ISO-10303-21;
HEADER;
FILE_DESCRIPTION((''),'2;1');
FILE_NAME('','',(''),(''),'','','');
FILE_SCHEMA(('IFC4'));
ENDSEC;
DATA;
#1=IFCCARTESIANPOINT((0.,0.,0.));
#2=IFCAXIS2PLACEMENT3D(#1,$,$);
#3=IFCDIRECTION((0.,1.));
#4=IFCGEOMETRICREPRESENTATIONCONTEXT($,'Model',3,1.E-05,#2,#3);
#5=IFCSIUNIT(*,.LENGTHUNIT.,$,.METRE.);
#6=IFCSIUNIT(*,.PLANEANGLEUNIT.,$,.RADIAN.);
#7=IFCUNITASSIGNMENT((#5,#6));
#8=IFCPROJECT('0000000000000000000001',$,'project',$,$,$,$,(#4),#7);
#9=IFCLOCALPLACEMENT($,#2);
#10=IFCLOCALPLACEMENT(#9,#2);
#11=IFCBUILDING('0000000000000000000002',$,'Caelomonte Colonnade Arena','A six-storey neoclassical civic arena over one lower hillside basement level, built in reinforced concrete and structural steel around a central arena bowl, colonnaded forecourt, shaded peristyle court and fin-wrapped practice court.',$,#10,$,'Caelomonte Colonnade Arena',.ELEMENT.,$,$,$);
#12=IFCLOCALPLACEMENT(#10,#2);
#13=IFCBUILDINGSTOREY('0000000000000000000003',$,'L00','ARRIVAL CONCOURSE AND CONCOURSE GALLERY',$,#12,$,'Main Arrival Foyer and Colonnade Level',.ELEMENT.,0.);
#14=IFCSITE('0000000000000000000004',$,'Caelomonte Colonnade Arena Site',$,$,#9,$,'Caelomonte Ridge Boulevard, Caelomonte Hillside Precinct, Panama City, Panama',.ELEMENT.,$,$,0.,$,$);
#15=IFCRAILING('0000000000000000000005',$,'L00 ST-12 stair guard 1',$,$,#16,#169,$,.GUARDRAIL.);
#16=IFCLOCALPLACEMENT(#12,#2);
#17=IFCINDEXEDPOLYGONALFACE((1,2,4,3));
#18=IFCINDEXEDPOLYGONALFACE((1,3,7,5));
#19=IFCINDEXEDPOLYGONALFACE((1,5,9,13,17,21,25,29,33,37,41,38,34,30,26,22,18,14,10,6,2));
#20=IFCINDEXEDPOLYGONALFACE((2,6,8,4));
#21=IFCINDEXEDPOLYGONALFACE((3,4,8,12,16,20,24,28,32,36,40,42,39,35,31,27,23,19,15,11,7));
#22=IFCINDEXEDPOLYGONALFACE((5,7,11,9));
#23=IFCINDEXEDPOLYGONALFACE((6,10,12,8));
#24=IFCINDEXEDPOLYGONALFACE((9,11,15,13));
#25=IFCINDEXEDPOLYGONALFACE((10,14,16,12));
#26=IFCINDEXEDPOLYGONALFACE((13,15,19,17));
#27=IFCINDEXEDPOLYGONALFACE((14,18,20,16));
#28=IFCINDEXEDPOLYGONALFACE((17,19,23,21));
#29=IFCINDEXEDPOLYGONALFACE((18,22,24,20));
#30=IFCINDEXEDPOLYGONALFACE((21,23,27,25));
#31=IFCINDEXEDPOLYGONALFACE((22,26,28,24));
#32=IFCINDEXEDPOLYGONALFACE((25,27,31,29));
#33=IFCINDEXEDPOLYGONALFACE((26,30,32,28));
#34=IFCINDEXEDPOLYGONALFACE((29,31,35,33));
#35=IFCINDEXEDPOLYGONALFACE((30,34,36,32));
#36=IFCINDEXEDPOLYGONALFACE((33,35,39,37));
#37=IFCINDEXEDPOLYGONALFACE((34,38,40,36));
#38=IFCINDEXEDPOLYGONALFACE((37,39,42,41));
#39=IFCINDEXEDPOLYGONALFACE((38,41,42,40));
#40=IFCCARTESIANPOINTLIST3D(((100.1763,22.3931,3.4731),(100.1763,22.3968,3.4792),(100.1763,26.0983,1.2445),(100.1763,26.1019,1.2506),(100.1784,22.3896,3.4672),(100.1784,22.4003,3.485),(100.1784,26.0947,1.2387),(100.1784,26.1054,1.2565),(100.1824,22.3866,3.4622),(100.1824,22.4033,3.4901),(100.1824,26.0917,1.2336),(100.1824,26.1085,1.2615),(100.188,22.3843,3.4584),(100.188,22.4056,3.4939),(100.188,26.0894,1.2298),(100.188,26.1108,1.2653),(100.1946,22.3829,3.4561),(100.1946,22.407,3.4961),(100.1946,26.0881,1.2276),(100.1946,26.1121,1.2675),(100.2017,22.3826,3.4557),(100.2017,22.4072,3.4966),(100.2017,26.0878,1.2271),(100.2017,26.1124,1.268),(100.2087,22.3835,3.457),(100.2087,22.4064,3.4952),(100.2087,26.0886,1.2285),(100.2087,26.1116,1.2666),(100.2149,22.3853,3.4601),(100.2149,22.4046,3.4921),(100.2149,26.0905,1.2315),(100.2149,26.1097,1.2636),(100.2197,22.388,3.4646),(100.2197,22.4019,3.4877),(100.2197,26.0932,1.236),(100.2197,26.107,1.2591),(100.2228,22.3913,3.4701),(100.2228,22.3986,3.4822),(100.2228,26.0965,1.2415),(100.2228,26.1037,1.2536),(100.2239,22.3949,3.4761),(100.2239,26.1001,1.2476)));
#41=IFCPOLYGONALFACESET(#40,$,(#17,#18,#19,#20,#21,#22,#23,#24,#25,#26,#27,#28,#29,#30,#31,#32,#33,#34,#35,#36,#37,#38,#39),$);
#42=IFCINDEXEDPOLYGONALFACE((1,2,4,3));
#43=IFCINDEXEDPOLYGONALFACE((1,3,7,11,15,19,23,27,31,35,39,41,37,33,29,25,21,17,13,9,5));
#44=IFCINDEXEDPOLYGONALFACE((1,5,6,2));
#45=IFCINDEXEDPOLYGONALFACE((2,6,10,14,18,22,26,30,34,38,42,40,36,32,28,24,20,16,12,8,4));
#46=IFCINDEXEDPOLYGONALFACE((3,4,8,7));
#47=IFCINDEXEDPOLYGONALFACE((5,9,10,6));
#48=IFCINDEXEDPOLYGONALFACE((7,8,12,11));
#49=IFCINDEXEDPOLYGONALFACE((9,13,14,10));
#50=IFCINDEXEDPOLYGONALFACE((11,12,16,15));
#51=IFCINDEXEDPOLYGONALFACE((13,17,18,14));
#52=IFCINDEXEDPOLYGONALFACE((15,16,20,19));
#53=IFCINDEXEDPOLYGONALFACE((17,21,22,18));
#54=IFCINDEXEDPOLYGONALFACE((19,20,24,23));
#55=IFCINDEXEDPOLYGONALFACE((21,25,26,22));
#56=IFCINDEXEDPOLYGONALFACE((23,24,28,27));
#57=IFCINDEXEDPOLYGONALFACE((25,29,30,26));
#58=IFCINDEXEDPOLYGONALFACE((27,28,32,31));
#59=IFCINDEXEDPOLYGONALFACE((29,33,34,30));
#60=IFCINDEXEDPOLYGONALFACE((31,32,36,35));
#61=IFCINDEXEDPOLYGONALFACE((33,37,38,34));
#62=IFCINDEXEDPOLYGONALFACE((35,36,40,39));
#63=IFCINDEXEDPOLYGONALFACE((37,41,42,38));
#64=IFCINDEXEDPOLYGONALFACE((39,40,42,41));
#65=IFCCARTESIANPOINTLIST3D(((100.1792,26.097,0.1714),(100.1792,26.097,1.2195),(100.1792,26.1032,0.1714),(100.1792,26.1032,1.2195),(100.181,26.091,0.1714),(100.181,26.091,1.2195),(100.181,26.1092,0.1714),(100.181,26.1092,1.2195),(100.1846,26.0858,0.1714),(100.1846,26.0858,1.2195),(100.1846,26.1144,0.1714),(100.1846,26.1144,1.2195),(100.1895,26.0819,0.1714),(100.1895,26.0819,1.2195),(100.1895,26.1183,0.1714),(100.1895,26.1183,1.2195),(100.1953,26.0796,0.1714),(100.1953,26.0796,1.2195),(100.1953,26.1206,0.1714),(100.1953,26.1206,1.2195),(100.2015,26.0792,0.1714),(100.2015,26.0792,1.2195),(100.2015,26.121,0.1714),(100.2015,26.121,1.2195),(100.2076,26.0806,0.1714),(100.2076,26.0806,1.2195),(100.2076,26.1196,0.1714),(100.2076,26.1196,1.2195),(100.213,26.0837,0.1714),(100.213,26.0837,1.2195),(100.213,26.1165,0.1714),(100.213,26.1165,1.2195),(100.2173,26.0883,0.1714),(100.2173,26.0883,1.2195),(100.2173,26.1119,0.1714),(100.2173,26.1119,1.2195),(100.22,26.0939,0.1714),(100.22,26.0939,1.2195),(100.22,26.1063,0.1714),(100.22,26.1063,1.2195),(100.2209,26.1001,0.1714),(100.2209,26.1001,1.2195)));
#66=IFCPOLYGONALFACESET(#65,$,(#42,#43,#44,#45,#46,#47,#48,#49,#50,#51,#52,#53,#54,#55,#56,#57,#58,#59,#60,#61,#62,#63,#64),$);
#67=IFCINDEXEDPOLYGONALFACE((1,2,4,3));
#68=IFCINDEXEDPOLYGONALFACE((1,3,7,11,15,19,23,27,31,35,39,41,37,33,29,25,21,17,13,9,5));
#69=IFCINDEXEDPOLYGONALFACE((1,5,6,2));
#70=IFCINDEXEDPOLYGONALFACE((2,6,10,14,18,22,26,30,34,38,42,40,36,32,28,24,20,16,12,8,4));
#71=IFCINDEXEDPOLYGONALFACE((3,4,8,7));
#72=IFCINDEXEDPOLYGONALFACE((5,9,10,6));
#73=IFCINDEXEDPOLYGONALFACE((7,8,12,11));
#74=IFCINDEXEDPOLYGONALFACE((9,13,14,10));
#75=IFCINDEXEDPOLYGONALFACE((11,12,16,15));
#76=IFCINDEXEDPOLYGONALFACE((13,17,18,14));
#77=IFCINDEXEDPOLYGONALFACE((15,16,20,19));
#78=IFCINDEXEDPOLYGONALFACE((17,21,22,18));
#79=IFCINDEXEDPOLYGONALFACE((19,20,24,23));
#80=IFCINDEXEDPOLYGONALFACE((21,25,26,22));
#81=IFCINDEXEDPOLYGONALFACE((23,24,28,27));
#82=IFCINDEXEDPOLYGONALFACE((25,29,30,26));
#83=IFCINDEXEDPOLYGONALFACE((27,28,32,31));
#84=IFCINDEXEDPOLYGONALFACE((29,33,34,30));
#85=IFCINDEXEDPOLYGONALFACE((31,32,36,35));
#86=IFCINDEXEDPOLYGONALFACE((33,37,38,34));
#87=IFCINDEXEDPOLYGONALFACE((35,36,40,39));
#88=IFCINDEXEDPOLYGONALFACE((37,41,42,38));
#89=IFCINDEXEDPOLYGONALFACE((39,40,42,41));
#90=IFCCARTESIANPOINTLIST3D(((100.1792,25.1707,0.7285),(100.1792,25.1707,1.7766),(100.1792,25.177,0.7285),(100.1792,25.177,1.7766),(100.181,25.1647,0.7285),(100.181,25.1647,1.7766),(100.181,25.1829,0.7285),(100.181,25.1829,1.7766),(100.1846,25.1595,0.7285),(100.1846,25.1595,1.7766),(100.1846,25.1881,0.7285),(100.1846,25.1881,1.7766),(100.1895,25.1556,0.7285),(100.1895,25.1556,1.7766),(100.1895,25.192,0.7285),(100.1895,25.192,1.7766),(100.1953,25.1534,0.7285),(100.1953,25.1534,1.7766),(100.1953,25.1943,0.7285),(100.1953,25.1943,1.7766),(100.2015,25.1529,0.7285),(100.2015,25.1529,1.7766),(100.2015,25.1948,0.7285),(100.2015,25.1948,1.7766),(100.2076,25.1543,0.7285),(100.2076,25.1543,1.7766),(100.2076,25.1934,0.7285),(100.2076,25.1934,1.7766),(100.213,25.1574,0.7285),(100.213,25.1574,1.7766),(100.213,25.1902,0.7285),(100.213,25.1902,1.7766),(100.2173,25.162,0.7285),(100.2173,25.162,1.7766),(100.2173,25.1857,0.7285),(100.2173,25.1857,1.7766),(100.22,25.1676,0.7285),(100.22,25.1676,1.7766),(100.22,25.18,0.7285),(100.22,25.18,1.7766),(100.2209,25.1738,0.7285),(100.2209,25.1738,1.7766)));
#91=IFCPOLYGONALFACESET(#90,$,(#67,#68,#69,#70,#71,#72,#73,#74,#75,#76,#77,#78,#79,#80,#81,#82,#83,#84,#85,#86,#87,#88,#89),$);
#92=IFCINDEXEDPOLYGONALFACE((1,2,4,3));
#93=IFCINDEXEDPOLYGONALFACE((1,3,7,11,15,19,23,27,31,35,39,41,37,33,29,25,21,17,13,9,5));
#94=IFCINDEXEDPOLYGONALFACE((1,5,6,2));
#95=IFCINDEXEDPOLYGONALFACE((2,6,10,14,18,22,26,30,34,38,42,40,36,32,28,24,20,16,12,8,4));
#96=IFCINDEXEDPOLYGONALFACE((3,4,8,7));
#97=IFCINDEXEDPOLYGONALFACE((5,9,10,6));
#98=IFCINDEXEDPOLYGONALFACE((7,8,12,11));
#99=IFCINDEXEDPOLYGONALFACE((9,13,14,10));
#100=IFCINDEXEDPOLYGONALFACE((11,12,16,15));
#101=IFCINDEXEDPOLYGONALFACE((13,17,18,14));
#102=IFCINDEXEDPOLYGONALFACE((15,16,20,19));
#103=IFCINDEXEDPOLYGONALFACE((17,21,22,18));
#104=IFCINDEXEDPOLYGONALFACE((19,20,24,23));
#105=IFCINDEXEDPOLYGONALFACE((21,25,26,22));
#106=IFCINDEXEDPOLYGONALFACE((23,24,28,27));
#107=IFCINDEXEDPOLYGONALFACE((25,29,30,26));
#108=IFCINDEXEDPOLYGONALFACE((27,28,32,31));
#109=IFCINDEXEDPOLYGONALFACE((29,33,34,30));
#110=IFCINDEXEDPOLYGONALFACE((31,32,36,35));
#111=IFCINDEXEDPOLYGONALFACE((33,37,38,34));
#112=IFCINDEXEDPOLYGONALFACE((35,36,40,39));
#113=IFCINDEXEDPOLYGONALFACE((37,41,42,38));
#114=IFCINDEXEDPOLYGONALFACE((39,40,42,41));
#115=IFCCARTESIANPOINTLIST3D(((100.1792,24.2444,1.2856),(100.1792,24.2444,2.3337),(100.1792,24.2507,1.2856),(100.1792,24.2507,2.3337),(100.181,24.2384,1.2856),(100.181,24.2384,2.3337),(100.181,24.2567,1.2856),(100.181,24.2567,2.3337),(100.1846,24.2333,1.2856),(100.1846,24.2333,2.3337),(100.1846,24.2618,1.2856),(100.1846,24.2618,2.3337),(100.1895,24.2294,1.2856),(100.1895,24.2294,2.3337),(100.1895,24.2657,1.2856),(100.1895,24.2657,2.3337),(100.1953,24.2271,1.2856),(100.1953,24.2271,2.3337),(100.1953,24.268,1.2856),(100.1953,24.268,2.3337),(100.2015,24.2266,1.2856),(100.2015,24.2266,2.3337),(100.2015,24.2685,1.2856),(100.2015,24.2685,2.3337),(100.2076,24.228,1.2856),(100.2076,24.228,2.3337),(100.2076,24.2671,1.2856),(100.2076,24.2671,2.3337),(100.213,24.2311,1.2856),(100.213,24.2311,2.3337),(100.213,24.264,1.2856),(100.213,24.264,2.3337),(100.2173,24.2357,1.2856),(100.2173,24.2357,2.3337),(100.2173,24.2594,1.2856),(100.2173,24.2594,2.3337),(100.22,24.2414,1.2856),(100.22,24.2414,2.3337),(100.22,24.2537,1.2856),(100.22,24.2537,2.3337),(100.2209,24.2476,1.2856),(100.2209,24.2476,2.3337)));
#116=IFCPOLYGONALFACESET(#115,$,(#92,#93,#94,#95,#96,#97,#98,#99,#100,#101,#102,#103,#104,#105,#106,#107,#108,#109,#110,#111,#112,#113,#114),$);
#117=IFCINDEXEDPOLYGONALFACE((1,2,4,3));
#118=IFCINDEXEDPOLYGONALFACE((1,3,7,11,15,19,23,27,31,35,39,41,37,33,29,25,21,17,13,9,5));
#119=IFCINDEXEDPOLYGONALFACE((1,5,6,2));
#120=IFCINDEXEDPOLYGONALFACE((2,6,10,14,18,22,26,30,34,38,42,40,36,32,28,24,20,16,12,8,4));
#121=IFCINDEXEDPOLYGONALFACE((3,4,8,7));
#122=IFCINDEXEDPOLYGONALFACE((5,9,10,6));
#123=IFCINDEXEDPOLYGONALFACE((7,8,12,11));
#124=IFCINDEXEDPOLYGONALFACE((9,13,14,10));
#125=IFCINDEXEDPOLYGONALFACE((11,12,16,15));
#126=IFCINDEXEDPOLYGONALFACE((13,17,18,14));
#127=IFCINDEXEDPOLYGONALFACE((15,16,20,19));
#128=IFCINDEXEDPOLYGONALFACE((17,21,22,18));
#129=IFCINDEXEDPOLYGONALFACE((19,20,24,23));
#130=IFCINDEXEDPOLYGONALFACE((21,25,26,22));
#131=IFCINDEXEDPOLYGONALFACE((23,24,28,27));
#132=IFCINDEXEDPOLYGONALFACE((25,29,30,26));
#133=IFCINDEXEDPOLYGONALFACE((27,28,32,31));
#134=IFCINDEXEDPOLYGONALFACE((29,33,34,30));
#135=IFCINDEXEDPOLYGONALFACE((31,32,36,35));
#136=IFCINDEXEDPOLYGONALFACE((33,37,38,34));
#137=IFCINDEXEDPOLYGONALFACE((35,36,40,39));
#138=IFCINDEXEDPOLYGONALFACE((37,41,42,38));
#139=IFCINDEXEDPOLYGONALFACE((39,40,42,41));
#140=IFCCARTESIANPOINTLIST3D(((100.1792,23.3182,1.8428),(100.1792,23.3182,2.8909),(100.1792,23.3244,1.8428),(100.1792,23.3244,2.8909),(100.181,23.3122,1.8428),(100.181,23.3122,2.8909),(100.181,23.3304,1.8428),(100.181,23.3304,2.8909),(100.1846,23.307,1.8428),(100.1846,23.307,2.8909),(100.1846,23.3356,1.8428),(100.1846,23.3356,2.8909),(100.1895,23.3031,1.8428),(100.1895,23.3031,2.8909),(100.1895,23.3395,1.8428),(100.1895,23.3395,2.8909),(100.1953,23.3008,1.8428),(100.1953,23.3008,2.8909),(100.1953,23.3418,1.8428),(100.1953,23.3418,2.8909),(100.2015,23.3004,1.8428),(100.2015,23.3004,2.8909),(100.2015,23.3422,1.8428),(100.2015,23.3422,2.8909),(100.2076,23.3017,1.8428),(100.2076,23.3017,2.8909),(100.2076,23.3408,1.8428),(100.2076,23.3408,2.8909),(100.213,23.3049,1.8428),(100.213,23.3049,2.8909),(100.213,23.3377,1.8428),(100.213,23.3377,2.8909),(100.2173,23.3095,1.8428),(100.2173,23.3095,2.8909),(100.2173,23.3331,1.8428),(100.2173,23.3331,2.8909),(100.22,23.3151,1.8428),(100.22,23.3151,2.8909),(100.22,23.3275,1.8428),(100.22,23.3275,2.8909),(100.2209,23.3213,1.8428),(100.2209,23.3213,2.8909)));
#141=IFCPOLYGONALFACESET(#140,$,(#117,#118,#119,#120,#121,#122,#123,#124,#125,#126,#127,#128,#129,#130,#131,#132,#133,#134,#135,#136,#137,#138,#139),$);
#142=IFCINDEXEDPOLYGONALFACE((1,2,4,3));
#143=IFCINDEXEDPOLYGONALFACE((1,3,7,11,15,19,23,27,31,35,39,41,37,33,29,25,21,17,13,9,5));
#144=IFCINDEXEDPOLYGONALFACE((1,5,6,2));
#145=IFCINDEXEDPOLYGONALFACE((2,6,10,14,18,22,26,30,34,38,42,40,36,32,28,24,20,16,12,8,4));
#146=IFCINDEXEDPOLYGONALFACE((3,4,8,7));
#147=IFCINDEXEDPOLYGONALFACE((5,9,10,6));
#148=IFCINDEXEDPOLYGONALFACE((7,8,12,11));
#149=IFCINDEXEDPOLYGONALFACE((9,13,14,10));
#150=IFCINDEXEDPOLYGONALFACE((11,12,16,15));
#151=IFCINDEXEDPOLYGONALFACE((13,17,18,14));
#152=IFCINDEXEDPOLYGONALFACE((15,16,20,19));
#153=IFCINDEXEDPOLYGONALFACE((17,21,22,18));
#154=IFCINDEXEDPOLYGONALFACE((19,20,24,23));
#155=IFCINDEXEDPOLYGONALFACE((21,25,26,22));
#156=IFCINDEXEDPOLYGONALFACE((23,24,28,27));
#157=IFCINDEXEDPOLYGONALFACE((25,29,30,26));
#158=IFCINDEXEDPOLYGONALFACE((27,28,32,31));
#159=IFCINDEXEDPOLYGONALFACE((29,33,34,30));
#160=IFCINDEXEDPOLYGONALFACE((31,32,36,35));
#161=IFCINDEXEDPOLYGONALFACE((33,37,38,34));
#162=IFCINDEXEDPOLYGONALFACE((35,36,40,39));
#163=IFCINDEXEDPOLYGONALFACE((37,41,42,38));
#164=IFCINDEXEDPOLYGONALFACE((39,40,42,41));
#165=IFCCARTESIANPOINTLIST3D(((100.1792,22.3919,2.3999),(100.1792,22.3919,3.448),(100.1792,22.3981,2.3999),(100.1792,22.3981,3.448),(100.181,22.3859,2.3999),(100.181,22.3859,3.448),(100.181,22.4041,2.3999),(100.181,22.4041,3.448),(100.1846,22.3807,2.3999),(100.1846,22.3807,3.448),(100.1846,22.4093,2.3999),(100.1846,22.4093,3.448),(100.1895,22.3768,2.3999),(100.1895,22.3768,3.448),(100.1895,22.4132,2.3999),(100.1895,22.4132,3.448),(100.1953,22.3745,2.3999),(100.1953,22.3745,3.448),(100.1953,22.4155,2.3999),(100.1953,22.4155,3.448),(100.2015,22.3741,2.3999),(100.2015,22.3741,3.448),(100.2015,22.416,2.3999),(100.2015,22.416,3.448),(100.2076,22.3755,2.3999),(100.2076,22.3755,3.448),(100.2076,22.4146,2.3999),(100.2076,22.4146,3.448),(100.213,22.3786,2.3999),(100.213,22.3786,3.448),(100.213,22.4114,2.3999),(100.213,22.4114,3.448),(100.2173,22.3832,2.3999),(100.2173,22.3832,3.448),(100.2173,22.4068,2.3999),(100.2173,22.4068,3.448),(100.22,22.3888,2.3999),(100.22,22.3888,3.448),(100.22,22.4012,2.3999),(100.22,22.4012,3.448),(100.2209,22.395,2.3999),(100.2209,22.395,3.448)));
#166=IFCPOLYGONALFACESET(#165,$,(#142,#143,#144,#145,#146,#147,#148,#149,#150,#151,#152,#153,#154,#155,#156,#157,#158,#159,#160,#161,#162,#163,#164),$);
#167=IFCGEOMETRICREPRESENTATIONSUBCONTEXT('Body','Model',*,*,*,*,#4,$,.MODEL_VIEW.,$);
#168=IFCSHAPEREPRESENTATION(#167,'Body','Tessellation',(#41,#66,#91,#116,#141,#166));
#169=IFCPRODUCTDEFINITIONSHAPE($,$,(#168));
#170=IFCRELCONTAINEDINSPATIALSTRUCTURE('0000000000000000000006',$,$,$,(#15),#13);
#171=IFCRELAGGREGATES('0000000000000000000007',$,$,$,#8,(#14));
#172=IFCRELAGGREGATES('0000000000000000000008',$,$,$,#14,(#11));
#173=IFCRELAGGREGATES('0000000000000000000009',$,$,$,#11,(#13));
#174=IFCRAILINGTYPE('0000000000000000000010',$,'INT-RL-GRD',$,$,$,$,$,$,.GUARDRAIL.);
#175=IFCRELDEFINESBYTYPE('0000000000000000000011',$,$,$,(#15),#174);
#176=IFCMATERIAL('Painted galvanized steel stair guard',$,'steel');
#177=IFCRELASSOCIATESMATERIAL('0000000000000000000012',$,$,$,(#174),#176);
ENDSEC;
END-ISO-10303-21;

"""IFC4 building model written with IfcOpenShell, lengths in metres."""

from ifc_helpers import new_model, si_unit, direction, frame, origin, origin_2d, place, context, subcontext, project, spatial, circle, extrude, material, type_object, element, save


model = new_model("IFC4")

# Units and contexts
model_context = context("Model", 3, precision=1e-05, world=origin(), true_north=direction((0.0, 1.0)))
body_context = subcontext(model_context, "Body", "Model", "MODEL_VIEW")
ifc_project = project(units=[si_unit("LENGTHUNIT", "METRE"), si_unit("PLANEANGLEUNIT", "RADIAN")], contexts=[model_context])

# Site, building, storey
site_placement = place(None, origin())
site = spatial("IfcSite", under=ifc_project, at=site_placement, Name="Caelomonte Colonnade Arena Site", LongName="Caelomonte Ridge Boulevard, Caelomonte Hillside Precinct, Panama City, Panama", CompositionType="ELEMENT", RefElevation=0.0)
building_placement = place(site_placement, origin())
building = spatial("IfcBuilding", under=site, at=building_placement, Name="Caelomonte Colonnade Arena", Description="A six-storey neoclassical civic arena over one lower hillside basement level, built in reinforced concrete and structural steel around a central arena bowl, colonnaded forecourt, shaded peristyle court and fin-wrapped practice court.", LongName="Caelomonte Colonnade Arena", CompositionType="ELEMENT")
storey_placement = place(building_placement, origin())
storey = spatial("IfcBuildingStorey", under=building, at=storey_placement, Name="L00", Description="ARRIVAL CONCOURSE AND CONCOURSE GALLERY", LongName="Main Arrival Foyer and Colonnade Level", CompositionType="ELEMENT", Elevation=0.0)

# Railing
ifc_material_1 = material(Name="Painted galvanized steel stair guard", Category="steel")
railing_type_1 = type_object("IfcRailingType", Name="INT-RL-GRD", PredefinedType="GUARDRAIL", material=ifc_material_1)
railing_1_placement = place(storey_placement, frame((100.2, 26.1001, 0.1714)))
element("IfcRailing", 1, at=railing_1_placement, inside=storey, type_object=railing_type_1, Name="L00 ST-12 stair guard 1", PredefinedType="GUARDRAIL", context=body_context, shape_type="SweptSolid", body=[
    extrude(circle(Radius=0.0239, at=origin_2d()), frame((0.0, 0.0, 1.0762), z_axis=(0.0, -0.856934, 0.515425), x_axis=(1.0, 0.0, 0.0)), (0.0, 0.0, 1.0), 4.3237),
    extrude(circle(Radius=0.021, at=origin_2d()), origin(), (0.0, 0.0, 1.0), 1.0481),
    extrude(circle(Radius=0.021, at=origin_2d()), frame((0.0, -0.9263, 0.5571)), (0.0, 0.0, 1.0), 1.0481),
    extrude(circle(Radius=0.021, at=origin_2d()), frame((0.0, -1.8525, 1.1143)), (0.0, 0.0, 1.0), 1.0481),
    extrude(circle(Radius=0.021, at=origin_2d()), frame((0.0, -2.7788, 1.6714)), (0.0, 0.0, 1.0), 1.0481),
    extrude(circle(Radius=0.021, at=origin_2d()), frame((0.0, -3.7051, 2.2285)), (0.0, 0.0, 1.0), 1.0481),
])

save(model, "model.ifc")
